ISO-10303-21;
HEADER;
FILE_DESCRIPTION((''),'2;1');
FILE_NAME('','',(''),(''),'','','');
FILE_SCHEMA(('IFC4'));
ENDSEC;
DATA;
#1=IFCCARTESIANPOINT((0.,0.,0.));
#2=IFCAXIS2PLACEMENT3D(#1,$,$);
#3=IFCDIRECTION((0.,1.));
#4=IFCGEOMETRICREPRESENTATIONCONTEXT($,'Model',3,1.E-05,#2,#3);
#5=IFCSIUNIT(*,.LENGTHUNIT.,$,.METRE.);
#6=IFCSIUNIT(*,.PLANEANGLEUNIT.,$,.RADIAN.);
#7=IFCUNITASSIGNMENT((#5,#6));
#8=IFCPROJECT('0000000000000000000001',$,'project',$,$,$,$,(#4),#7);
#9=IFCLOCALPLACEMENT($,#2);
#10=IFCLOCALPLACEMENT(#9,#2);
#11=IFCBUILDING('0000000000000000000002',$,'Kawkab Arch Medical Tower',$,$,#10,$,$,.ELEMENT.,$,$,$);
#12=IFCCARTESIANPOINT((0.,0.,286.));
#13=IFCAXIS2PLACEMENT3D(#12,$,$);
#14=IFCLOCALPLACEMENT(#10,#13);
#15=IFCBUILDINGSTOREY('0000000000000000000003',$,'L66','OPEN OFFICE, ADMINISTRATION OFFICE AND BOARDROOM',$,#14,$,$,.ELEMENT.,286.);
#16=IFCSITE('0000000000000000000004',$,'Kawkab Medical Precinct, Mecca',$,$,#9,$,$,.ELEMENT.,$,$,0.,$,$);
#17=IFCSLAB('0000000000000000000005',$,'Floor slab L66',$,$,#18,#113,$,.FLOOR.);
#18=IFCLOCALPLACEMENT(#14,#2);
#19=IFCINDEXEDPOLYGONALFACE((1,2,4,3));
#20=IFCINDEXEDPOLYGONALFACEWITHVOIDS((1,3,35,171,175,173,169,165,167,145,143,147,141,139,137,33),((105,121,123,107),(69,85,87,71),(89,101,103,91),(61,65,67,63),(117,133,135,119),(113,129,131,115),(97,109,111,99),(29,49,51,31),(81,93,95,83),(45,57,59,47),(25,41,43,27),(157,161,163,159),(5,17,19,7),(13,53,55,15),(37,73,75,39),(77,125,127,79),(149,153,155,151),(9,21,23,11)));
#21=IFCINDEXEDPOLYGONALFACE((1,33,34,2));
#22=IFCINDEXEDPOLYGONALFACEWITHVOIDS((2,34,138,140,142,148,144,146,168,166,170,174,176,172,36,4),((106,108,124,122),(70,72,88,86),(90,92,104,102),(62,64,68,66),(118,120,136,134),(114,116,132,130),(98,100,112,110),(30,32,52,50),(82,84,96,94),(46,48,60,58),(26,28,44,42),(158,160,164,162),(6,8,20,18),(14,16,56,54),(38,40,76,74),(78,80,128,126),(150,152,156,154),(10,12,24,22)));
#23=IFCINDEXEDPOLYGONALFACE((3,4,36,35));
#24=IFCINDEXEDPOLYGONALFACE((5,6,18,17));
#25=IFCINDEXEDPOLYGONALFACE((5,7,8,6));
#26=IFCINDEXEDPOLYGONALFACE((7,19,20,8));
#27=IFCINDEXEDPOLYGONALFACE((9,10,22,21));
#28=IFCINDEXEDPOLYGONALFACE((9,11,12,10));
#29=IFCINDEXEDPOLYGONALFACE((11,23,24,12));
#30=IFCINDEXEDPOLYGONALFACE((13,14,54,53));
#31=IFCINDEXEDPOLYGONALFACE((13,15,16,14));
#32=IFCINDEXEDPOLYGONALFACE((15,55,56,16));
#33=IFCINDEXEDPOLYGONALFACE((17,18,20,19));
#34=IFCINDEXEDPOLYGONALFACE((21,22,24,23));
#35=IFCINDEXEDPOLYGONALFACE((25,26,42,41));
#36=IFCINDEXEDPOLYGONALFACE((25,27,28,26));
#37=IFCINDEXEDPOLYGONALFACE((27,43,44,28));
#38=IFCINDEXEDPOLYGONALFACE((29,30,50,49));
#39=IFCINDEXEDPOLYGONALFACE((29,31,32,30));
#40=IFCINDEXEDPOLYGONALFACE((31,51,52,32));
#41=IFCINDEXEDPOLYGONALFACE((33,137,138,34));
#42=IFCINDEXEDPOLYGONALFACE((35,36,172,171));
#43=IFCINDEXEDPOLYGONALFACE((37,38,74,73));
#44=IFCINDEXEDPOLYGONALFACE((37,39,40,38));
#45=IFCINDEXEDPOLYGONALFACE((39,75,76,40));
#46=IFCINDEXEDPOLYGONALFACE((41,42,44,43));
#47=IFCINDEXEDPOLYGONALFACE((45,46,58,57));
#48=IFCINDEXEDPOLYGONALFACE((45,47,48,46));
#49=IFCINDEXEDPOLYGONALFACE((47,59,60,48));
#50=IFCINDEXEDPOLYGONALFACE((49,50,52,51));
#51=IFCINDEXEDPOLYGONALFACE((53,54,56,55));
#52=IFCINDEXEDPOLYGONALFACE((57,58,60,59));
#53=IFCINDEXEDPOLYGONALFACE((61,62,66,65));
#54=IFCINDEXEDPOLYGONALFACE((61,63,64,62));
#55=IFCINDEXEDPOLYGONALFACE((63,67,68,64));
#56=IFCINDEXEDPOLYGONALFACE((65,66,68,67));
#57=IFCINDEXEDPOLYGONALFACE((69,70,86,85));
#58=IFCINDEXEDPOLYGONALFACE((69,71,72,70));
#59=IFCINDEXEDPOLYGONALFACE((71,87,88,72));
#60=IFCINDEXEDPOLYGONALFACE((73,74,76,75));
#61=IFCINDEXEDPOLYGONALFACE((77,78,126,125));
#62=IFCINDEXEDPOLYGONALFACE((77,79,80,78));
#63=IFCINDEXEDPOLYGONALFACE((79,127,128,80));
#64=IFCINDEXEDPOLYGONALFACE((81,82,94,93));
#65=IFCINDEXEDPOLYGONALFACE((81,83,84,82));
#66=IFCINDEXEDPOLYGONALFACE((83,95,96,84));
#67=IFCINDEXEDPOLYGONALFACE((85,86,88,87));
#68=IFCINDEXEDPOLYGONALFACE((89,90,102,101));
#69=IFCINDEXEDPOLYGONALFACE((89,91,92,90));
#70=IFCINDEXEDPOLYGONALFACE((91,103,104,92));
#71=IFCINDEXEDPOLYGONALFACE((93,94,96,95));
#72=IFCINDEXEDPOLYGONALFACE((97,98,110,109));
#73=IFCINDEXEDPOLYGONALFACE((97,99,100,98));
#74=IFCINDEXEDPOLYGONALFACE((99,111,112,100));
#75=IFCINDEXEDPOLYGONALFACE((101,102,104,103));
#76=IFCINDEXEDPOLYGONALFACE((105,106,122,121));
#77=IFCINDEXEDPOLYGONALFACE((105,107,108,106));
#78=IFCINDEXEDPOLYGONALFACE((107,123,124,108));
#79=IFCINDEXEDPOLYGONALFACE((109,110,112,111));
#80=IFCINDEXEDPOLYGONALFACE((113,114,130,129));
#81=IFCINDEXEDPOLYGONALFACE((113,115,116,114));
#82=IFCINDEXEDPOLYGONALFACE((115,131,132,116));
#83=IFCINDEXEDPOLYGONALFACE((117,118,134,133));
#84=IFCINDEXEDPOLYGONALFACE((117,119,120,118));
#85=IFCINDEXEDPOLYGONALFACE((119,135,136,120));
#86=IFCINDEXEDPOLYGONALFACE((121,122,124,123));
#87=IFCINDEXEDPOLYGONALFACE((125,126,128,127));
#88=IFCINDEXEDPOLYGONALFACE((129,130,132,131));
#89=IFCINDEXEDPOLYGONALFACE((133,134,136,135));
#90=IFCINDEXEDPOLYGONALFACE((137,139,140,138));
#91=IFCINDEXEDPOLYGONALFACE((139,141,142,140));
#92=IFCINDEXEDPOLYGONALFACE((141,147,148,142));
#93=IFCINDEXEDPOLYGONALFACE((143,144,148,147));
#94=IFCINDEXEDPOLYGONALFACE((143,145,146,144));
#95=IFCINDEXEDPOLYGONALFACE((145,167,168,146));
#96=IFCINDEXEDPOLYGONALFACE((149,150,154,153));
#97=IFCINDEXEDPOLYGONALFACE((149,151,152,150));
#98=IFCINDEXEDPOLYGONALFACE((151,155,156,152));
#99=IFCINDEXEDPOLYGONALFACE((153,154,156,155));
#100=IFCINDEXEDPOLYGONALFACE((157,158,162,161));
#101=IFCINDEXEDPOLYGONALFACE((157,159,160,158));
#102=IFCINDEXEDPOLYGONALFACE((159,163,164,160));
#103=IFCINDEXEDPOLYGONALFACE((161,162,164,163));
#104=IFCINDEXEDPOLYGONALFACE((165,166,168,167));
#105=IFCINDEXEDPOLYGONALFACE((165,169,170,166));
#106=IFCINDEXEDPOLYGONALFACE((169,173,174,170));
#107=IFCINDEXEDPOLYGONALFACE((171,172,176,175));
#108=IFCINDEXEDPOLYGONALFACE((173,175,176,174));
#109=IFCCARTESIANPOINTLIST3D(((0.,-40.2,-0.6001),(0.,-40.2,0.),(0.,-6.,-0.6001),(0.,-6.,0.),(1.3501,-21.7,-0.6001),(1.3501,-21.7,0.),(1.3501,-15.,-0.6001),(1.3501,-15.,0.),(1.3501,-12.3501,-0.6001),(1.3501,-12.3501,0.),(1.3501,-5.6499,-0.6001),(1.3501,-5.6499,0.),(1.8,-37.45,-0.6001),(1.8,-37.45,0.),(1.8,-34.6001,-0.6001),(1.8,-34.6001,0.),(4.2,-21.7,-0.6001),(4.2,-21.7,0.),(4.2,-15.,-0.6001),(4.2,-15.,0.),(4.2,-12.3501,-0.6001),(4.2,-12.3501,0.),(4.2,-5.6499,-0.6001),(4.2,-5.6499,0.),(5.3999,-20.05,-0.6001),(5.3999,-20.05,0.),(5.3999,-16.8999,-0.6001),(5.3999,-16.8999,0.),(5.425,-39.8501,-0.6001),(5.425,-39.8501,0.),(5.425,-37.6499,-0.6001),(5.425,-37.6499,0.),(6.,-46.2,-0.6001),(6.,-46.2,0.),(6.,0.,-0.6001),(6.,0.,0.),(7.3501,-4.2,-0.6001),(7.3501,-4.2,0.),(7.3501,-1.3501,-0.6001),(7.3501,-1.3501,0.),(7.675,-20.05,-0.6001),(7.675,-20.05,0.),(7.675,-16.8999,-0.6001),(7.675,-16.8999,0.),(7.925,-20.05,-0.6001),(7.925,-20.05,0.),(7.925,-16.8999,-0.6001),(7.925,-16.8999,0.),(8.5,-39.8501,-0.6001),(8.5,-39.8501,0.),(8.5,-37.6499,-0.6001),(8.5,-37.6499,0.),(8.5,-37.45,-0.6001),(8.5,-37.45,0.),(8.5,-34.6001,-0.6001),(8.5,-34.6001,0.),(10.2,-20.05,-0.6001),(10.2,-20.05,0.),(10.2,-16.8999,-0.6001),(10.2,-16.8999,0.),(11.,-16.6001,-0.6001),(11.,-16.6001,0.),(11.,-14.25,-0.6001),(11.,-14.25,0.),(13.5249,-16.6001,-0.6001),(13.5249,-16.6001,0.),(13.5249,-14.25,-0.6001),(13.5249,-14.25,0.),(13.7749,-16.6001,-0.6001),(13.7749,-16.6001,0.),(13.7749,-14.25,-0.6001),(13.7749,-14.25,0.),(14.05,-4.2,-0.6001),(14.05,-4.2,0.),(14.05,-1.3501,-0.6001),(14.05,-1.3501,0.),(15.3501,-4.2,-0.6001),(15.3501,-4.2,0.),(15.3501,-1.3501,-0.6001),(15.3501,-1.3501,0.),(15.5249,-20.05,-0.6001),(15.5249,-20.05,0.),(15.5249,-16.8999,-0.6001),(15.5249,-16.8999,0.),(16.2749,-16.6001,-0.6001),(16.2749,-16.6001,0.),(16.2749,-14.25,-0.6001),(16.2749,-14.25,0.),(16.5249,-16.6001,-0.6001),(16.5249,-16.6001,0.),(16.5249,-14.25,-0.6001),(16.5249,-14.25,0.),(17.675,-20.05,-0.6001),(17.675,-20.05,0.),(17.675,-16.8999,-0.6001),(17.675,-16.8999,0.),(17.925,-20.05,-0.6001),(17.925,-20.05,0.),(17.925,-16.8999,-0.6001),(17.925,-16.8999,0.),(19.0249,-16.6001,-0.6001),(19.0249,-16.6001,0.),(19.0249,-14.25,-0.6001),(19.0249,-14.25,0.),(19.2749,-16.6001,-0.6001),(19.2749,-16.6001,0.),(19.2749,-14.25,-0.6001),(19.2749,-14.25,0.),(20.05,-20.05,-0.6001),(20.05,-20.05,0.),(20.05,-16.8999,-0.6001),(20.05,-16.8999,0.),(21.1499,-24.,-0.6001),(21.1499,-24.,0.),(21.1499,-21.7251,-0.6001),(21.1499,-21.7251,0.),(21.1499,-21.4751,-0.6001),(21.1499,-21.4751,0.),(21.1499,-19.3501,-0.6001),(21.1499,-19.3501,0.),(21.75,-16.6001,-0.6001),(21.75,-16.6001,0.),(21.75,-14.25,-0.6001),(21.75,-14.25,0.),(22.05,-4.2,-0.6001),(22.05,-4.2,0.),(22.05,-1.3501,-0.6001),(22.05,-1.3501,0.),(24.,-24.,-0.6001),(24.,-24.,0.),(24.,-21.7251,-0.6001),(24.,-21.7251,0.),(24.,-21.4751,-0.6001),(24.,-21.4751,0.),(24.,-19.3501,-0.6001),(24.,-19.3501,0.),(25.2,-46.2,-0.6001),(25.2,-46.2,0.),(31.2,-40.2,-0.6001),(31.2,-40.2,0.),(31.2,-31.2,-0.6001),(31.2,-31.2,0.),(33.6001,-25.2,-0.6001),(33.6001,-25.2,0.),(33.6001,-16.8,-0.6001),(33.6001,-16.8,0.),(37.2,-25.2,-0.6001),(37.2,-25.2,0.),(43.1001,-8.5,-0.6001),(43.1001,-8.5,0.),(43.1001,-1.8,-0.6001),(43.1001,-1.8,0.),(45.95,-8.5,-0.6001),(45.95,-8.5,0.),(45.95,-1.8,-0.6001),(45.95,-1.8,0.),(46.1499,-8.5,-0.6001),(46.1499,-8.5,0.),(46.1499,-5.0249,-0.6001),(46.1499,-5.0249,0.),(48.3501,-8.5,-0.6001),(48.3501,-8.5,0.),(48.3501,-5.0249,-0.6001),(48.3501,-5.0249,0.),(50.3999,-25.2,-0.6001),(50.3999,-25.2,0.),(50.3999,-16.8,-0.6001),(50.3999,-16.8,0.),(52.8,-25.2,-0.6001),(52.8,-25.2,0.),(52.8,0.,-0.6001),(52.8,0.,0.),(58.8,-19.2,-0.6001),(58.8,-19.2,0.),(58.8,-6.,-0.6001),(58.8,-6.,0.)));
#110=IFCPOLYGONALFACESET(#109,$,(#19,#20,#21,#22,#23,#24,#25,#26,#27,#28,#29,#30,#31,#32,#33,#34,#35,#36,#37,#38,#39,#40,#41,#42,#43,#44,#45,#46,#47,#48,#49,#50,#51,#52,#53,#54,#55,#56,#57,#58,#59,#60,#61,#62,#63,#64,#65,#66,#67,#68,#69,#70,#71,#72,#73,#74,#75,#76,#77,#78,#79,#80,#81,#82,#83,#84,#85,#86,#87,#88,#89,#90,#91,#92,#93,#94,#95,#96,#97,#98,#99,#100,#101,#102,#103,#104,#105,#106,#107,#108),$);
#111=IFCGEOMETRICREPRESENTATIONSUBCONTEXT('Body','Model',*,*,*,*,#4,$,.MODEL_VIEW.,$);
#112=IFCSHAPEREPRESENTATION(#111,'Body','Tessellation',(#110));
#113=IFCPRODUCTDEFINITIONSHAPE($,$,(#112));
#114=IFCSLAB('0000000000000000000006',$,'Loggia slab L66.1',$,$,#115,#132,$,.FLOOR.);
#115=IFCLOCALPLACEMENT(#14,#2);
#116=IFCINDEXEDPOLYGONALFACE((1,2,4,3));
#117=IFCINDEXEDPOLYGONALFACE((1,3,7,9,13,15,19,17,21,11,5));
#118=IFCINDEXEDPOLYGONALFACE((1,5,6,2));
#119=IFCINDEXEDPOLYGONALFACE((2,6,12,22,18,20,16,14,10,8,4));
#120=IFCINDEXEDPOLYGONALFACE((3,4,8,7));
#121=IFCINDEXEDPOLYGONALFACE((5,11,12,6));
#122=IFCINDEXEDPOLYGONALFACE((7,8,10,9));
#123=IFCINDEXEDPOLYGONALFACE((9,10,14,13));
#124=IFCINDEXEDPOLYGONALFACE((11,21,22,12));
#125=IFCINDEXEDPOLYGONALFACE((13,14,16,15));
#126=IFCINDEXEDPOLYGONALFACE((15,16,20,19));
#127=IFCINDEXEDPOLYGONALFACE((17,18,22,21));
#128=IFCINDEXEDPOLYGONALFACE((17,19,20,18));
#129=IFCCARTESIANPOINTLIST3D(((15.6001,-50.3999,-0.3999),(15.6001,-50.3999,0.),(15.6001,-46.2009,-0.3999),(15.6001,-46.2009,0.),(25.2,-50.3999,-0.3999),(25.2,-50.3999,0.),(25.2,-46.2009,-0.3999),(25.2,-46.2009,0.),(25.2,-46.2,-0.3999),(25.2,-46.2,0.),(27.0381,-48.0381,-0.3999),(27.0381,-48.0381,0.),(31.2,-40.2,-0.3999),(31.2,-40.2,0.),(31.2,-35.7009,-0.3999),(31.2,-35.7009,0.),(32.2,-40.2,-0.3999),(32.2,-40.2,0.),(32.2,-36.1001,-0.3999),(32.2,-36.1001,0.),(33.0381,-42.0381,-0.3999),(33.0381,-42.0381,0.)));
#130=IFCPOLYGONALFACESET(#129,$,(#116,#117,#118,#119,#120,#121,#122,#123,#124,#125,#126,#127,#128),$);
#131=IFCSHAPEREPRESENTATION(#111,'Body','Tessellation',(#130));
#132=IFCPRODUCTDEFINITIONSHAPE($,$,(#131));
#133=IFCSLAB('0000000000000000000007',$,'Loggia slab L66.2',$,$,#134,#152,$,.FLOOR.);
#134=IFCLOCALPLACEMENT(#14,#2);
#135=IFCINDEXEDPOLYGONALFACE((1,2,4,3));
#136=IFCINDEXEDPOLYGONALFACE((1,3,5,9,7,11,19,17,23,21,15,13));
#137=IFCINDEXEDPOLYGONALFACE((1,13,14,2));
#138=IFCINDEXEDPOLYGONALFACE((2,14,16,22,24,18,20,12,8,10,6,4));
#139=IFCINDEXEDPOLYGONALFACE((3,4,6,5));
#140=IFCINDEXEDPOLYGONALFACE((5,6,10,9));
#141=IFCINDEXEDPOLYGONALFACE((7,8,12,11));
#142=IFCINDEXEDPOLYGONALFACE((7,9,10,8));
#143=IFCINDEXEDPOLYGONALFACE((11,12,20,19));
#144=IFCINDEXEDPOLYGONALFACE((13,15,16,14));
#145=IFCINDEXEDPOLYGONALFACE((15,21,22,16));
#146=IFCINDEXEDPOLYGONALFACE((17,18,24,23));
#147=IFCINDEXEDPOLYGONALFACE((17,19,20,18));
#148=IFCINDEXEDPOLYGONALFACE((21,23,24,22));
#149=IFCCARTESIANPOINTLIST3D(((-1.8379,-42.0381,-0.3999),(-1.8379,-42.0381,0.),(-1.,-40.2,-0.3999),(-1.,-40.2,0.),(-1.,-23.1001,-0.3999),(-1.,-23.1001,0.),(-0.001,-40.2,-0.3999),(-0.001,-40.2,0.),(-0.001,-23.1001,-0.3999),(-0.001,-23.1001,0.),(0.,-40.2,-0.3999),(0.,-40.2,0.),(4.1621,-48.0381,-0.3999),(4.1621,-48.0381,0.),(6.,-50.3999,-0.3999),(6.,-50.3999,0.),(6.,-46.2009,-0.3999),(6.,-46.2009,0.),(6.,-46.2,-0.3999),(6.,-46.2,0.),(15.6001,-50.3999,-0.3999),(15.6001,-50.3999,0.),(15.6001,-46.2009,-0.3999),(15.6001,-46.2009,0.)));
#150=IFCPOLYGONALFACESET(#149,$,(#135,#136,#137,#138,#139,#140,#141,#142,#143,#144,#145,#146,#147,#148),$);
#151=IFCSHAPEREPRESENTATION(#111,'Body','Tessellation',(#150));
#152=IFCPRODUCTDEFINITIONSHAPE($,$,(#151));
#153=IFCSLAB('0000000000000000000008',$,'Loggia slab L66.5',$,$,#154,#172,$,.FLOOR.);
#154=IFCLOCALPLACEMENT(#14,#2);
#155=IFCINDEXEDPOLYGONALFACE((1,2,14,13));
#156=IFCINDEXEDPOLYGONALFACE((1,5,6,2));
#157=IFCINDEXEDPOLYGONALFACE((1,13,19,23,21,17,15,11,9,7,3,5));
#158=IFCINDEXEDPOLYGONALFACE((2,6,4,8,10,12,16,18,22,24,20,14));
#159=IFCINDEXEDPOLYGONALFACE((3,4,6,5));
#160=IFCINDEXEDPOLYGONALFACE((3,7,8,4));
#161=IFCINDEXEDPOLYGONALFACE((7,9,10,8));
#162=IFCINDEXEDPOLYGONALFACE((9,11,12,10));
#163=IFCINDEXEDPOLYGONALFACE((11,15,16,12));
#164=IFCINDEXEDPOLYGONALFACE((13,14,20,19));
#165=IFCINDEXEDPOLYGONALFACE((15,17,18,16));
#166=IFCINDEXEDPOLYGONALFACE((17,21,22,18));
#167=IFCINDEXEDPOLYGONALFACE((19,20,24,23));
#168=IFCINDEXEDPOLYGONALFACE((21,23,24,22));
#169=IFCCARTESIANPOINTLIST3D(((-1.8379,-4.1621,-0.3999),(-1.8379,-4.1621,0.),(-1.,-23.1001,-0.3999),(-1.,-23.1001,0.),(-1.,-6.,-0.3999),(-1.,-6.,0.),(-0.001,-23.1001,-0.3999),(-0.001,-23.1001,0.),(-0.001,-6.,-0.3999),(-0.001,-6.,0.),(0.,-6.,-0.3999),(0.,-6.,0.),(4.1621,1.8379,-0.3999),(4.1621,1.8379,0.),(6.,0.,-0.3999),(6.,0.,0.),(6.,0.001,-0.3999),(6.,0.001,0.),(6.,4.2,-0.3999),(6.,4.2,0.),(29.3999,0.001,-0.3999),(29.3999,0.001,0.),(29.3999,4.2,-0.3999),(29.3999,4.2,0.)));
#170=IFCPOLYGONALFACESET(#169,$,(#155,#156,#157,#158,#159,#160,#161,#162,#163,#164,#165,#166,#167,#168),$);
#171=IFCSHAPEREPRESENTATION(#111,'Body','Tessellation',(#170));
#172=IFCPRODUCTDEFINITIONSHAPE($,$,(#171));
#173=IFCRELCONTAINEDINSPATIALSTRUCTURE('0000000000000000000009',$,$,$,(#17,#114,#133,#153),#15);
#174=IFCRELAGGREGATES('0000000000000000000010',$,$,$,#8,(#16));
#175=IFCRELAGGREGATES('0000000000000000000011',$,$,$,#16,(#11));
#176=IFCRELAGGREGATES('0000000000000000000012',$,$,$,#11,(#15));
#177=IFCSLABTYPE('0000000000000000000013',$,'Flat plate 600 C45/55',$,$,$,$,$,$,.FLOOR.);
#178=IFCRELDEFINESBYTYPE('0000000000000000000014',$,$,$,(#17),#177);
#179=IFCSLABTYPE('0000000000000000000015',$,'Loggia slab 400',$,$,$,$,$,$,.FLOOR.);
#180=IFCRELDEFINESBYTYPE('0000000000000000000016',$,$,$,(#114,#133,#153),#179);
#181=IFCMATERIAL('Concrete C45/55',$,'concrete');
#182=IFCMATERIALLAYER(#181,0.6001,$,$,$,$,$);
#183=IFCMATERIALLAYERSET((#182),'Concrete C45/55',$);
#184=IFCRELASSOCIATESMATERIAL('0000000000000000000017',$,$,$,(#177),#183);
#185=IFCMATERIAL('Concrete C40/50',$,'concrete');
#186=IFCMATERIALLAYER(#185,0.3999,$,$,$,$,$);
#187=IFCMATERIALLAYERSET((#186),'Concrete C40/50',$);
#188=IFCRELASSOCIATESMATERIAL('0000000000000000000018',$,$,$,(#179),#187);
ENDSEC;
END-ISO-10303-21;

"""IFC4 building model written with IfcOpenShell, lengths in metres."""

from ifc_helpers import new_model, si_unit, direction, frame, origin, place, context, subcontext, project, spatial, polyline, outline, extrude, material, layer, layer_set, type_object, element, save


model = new_model("IFC4")

# Units and contexts
model_context = context("Model", 3, precision=1e-05, world=origin(), true_north=direction((0.0, 1.0)))
body_context = subcontext(model_context, "Body", "Model", "MODEL_VIEW")
ifc_project = project(units=[si_unit("LENGTHUNIT", "METRE"), si_unit("PLANEANGLEUNIT", "RADIAN")], contexts=[model_context])

# Site, building, storey
site_placement = place(None, origin())
site = spatial("IfcSite", under=ifc_project, at=site_placement, Name="Kawkab Medical Precinct, Mecca", CompositionType="ELEMENT", RefElevation=0.0)
building_placement = place(site_placement, origin())
building = spatial("IfcBuilding", under=site, at=building_placement, Name="Kawkab Arch Medical Tower", CompositionType="ELEMENT")
storey_placement = place(building_placement, frame((0.0, 0.0, 286.0)))
storey = spatial("IfcBuildingStorey", under=building, at=storey_placement, Name="L66", Description="OPEN OFFICE, ADMINISTRATION OFFICE AND BOARDROOM", CompositionType="ELEMENT", Elevation=286.0)

# Slabs
ifc_material_1 = material(Name="Concrete C45/55", Category="concrete")
ifc_layer_1 = layer(ifc_material_1, 0.6001)
ifc_layer_set_1 = layer_set([ifc_layer_1], Name="Concrete C45/55")
slab_type_1 = type_object("IfcSlabType", Name="Flat plate 600 C45/55", PredefinedType="FLOOR", material=ifc_layer_set_1)
slab_1_placement = place(storey_placement, frame((0.0, 0.0, -0.6001)))
element("IfcSlab", 1, at=slab_1_placement, inside=storey, type_object=slab_type_1, Name="Floor slab L66", PredefinedType="FLOOR", context=body_context, shape_type="SweptSolid", body=[
    extrude(outline(polyline([(31.2, -40.2), (25.2, -46.2), (6.0, -46.2), (0.0, -40.2), (0.0, -6.0), (6.0, 0.0), (52.8, 0.0), (58.8, -6.0), (58.8, -19.2), (52.8, -25.2), (50.3999, -25.2), (50.3999, -16.8), (33.6001, -16.8), (33.6001, -25.2), (37.2, -25.2), (31.2, -31.2), (31.2, -40.2)]), holes=[polyline([(5.425, -37.6499), (5.425, -39.8501), (8.5, -39.8501), (8.5, -37.6499), (5.425, -37.6499)]), polyline([(8.5, -37.45), (8.5, -34.6001), (1.8, -34.6001), (1.8, -37.45), (8.5, -37.45)]), polyline([(5.3999, -20.05), (7.675, -20.05), (7.675, -16.8999), (5.3999, -16.8999), (5.3999, -20.05)]), polyline([(10.2, -16.8999), (7.925, -16.8999), (7.925, -20.05), (10.2, -20.05), (10.2, -16.8999)]), polyline([(4.2, -15.0), (1.3501, -15.0), (1.3501, -21.7), (4.2, -21.7), (4.2, -15.0)]), polyline([(13.5249, -14.25), (11.0, -14.25), (11.0, -16.6001), (13.5249, -16.6001), (13.5249, -14.25)]), polyline([(13.7749, -16.6001), (16.2749, -16.6001), (16.2749, -14.25), (13.7749, -14.25), (13.7749, -16.6001)]), polyline([(4.2, -12.3501), (4.2, -5.6499), (1.3501, -5.6499), (1.3501, -12.3501), (4.2, -12.3501)]), polyline([(7.3501, -4.2), (14.05, -4.2), (14.05, -1.3501), (7.3501, -1.3501), (7.3501, -4.2)]), polyline([(24.0, -21.7251), (21.1499, -21.7251), (21.1499, -24.0), (24.0, -24.0), (24.0, -21.7251)]), polyline([(24.0, -19.3501), (21.1499, -19.3501), (21.1499, -21.4751), (24.0, -21.4751), (24.0, -19.3501)]), polyline([(15.5249, -20.05), (17.675, -20.05), (17.675, -16.8999), (15.5249, -16.8999), (15.5249, -20.05)]), polyline([(17.925, -20.05), (20.05, -20.05), (20.05, -16.8999), (17.925, -16.8999), (17.925, -20.05)]), polyline([(16.5249, -14.25), (16.5249, -16.6001), (19.0249, -16.6001), (19.0249, -14.25), (16.5249, -14.25)]), polyline([(19.2749, -14.25), (19.2749, -16.6001), (21.75, -16.6001), (21.75, -14.25), (19.2749, -14.25)]), polyline([(46.1499, -8.5), (48.3501, -8.5), (48.3501, -5.0249), (46.1499, -5.0249), (46.1499, -8.5)]), polyline([(43.1001, -1.8), (43.1001, -8.5), (45.95, -8.5), (45.95, -1.8), (43.1001, -1.8)]), polyline([(22.05, -1.3501), (15.3501, -1.3501), (15.3501, -4.2), (22.05, -4.2), (22.05, -1.3501)])]), origin(), (0.0, 0.0, 1.0), 0.6001),
])
ifc_material_2 = material(Name="Concrete C40/50", Category="concrete")
ifc_layer_2 = layer(ifc_material_2, 0.3999)
ifc_layer_set_2 = layer_set([ifc_layer_2], Name="Concrete C40/50")
slab_type_2 = type_object("IfcSlabType", Name="Loggia slab 400", PredefinedType="FLOOR", material=ifc_layer_set_2)
placement_1 = place(storey_placement, frame((0.0, 0.0, -0.3999)))
element("IfcSlab", 2, at=placement_1, inside=storey, type_object=slab_type_2, Name="Loggia slab L66.1", PredefinedType="FLOOR", context=body_context, shape_type="SweptSolid", body=[
    extrude(outline(polyline([(33.0381, -42.0381), (27.0381, -48.0381), (25.2, -50.3999), (15.6001, -50.3999), (15.6001, -46.2009), (25.2, -46.2009), (25.2, -46.2), (31.2, -40.2), (31.2, -35.7009), (32.2, -36.1001), (32.2, -40.2), (33.0381, -42.0381)])), origin(), (0.0, 0.0, 1.0), 0.3999),
])
element("IfcSlab", 3, at=placement_1, inside=storey, type_object=slab_type_2, Name="Loggia slab L66.2", PredefinedType="FLOOR", context=body_context, shape_type="SweptSolid", body=[
    extrude(outline(polyline([(-1.8379, -42.0381), (-1.0, -40.2), (-1.0, -23.1001), (-0.001, -23.1001), (-0.001, -40.2), (0.0, -40.2), (6.0, -46.2), (6.0, -46.2009), (15.6001, -46.2009), (15.6001, -50.3999), (6.0, -50.3999), (4.1621, -48.0381), (-1.8379, -42.0381)])), origin(), (0.0, 0.0, 1.0), 0.3999),
])
element("IfcSlab", 4, at=placement_1, inside=storey, type_object=slab_type_2, Name="Loggia slab L66.5", PredefinedType="FLOOR", context=body_context, shape_type="SweptSolid", body=[
    extrude(outline(polyline([(-1.8379, -4.1621), (4.1621, 1.8379), (6.0, 4.2), (29.3999, 4.2), (29.3999, 0.001), (6.0, 0.001), (6.0, 0.0), (0.0, -6.0), (-0.001, -6.0), (-0.001, -23.1001), (-1.0, -23.1001), (-1.0, -6.0), (-1.8379, -4.1621)])), origin(), (0.0, 0.0, 1.0), 0.3999),
])

save(model, "model.ifc")
